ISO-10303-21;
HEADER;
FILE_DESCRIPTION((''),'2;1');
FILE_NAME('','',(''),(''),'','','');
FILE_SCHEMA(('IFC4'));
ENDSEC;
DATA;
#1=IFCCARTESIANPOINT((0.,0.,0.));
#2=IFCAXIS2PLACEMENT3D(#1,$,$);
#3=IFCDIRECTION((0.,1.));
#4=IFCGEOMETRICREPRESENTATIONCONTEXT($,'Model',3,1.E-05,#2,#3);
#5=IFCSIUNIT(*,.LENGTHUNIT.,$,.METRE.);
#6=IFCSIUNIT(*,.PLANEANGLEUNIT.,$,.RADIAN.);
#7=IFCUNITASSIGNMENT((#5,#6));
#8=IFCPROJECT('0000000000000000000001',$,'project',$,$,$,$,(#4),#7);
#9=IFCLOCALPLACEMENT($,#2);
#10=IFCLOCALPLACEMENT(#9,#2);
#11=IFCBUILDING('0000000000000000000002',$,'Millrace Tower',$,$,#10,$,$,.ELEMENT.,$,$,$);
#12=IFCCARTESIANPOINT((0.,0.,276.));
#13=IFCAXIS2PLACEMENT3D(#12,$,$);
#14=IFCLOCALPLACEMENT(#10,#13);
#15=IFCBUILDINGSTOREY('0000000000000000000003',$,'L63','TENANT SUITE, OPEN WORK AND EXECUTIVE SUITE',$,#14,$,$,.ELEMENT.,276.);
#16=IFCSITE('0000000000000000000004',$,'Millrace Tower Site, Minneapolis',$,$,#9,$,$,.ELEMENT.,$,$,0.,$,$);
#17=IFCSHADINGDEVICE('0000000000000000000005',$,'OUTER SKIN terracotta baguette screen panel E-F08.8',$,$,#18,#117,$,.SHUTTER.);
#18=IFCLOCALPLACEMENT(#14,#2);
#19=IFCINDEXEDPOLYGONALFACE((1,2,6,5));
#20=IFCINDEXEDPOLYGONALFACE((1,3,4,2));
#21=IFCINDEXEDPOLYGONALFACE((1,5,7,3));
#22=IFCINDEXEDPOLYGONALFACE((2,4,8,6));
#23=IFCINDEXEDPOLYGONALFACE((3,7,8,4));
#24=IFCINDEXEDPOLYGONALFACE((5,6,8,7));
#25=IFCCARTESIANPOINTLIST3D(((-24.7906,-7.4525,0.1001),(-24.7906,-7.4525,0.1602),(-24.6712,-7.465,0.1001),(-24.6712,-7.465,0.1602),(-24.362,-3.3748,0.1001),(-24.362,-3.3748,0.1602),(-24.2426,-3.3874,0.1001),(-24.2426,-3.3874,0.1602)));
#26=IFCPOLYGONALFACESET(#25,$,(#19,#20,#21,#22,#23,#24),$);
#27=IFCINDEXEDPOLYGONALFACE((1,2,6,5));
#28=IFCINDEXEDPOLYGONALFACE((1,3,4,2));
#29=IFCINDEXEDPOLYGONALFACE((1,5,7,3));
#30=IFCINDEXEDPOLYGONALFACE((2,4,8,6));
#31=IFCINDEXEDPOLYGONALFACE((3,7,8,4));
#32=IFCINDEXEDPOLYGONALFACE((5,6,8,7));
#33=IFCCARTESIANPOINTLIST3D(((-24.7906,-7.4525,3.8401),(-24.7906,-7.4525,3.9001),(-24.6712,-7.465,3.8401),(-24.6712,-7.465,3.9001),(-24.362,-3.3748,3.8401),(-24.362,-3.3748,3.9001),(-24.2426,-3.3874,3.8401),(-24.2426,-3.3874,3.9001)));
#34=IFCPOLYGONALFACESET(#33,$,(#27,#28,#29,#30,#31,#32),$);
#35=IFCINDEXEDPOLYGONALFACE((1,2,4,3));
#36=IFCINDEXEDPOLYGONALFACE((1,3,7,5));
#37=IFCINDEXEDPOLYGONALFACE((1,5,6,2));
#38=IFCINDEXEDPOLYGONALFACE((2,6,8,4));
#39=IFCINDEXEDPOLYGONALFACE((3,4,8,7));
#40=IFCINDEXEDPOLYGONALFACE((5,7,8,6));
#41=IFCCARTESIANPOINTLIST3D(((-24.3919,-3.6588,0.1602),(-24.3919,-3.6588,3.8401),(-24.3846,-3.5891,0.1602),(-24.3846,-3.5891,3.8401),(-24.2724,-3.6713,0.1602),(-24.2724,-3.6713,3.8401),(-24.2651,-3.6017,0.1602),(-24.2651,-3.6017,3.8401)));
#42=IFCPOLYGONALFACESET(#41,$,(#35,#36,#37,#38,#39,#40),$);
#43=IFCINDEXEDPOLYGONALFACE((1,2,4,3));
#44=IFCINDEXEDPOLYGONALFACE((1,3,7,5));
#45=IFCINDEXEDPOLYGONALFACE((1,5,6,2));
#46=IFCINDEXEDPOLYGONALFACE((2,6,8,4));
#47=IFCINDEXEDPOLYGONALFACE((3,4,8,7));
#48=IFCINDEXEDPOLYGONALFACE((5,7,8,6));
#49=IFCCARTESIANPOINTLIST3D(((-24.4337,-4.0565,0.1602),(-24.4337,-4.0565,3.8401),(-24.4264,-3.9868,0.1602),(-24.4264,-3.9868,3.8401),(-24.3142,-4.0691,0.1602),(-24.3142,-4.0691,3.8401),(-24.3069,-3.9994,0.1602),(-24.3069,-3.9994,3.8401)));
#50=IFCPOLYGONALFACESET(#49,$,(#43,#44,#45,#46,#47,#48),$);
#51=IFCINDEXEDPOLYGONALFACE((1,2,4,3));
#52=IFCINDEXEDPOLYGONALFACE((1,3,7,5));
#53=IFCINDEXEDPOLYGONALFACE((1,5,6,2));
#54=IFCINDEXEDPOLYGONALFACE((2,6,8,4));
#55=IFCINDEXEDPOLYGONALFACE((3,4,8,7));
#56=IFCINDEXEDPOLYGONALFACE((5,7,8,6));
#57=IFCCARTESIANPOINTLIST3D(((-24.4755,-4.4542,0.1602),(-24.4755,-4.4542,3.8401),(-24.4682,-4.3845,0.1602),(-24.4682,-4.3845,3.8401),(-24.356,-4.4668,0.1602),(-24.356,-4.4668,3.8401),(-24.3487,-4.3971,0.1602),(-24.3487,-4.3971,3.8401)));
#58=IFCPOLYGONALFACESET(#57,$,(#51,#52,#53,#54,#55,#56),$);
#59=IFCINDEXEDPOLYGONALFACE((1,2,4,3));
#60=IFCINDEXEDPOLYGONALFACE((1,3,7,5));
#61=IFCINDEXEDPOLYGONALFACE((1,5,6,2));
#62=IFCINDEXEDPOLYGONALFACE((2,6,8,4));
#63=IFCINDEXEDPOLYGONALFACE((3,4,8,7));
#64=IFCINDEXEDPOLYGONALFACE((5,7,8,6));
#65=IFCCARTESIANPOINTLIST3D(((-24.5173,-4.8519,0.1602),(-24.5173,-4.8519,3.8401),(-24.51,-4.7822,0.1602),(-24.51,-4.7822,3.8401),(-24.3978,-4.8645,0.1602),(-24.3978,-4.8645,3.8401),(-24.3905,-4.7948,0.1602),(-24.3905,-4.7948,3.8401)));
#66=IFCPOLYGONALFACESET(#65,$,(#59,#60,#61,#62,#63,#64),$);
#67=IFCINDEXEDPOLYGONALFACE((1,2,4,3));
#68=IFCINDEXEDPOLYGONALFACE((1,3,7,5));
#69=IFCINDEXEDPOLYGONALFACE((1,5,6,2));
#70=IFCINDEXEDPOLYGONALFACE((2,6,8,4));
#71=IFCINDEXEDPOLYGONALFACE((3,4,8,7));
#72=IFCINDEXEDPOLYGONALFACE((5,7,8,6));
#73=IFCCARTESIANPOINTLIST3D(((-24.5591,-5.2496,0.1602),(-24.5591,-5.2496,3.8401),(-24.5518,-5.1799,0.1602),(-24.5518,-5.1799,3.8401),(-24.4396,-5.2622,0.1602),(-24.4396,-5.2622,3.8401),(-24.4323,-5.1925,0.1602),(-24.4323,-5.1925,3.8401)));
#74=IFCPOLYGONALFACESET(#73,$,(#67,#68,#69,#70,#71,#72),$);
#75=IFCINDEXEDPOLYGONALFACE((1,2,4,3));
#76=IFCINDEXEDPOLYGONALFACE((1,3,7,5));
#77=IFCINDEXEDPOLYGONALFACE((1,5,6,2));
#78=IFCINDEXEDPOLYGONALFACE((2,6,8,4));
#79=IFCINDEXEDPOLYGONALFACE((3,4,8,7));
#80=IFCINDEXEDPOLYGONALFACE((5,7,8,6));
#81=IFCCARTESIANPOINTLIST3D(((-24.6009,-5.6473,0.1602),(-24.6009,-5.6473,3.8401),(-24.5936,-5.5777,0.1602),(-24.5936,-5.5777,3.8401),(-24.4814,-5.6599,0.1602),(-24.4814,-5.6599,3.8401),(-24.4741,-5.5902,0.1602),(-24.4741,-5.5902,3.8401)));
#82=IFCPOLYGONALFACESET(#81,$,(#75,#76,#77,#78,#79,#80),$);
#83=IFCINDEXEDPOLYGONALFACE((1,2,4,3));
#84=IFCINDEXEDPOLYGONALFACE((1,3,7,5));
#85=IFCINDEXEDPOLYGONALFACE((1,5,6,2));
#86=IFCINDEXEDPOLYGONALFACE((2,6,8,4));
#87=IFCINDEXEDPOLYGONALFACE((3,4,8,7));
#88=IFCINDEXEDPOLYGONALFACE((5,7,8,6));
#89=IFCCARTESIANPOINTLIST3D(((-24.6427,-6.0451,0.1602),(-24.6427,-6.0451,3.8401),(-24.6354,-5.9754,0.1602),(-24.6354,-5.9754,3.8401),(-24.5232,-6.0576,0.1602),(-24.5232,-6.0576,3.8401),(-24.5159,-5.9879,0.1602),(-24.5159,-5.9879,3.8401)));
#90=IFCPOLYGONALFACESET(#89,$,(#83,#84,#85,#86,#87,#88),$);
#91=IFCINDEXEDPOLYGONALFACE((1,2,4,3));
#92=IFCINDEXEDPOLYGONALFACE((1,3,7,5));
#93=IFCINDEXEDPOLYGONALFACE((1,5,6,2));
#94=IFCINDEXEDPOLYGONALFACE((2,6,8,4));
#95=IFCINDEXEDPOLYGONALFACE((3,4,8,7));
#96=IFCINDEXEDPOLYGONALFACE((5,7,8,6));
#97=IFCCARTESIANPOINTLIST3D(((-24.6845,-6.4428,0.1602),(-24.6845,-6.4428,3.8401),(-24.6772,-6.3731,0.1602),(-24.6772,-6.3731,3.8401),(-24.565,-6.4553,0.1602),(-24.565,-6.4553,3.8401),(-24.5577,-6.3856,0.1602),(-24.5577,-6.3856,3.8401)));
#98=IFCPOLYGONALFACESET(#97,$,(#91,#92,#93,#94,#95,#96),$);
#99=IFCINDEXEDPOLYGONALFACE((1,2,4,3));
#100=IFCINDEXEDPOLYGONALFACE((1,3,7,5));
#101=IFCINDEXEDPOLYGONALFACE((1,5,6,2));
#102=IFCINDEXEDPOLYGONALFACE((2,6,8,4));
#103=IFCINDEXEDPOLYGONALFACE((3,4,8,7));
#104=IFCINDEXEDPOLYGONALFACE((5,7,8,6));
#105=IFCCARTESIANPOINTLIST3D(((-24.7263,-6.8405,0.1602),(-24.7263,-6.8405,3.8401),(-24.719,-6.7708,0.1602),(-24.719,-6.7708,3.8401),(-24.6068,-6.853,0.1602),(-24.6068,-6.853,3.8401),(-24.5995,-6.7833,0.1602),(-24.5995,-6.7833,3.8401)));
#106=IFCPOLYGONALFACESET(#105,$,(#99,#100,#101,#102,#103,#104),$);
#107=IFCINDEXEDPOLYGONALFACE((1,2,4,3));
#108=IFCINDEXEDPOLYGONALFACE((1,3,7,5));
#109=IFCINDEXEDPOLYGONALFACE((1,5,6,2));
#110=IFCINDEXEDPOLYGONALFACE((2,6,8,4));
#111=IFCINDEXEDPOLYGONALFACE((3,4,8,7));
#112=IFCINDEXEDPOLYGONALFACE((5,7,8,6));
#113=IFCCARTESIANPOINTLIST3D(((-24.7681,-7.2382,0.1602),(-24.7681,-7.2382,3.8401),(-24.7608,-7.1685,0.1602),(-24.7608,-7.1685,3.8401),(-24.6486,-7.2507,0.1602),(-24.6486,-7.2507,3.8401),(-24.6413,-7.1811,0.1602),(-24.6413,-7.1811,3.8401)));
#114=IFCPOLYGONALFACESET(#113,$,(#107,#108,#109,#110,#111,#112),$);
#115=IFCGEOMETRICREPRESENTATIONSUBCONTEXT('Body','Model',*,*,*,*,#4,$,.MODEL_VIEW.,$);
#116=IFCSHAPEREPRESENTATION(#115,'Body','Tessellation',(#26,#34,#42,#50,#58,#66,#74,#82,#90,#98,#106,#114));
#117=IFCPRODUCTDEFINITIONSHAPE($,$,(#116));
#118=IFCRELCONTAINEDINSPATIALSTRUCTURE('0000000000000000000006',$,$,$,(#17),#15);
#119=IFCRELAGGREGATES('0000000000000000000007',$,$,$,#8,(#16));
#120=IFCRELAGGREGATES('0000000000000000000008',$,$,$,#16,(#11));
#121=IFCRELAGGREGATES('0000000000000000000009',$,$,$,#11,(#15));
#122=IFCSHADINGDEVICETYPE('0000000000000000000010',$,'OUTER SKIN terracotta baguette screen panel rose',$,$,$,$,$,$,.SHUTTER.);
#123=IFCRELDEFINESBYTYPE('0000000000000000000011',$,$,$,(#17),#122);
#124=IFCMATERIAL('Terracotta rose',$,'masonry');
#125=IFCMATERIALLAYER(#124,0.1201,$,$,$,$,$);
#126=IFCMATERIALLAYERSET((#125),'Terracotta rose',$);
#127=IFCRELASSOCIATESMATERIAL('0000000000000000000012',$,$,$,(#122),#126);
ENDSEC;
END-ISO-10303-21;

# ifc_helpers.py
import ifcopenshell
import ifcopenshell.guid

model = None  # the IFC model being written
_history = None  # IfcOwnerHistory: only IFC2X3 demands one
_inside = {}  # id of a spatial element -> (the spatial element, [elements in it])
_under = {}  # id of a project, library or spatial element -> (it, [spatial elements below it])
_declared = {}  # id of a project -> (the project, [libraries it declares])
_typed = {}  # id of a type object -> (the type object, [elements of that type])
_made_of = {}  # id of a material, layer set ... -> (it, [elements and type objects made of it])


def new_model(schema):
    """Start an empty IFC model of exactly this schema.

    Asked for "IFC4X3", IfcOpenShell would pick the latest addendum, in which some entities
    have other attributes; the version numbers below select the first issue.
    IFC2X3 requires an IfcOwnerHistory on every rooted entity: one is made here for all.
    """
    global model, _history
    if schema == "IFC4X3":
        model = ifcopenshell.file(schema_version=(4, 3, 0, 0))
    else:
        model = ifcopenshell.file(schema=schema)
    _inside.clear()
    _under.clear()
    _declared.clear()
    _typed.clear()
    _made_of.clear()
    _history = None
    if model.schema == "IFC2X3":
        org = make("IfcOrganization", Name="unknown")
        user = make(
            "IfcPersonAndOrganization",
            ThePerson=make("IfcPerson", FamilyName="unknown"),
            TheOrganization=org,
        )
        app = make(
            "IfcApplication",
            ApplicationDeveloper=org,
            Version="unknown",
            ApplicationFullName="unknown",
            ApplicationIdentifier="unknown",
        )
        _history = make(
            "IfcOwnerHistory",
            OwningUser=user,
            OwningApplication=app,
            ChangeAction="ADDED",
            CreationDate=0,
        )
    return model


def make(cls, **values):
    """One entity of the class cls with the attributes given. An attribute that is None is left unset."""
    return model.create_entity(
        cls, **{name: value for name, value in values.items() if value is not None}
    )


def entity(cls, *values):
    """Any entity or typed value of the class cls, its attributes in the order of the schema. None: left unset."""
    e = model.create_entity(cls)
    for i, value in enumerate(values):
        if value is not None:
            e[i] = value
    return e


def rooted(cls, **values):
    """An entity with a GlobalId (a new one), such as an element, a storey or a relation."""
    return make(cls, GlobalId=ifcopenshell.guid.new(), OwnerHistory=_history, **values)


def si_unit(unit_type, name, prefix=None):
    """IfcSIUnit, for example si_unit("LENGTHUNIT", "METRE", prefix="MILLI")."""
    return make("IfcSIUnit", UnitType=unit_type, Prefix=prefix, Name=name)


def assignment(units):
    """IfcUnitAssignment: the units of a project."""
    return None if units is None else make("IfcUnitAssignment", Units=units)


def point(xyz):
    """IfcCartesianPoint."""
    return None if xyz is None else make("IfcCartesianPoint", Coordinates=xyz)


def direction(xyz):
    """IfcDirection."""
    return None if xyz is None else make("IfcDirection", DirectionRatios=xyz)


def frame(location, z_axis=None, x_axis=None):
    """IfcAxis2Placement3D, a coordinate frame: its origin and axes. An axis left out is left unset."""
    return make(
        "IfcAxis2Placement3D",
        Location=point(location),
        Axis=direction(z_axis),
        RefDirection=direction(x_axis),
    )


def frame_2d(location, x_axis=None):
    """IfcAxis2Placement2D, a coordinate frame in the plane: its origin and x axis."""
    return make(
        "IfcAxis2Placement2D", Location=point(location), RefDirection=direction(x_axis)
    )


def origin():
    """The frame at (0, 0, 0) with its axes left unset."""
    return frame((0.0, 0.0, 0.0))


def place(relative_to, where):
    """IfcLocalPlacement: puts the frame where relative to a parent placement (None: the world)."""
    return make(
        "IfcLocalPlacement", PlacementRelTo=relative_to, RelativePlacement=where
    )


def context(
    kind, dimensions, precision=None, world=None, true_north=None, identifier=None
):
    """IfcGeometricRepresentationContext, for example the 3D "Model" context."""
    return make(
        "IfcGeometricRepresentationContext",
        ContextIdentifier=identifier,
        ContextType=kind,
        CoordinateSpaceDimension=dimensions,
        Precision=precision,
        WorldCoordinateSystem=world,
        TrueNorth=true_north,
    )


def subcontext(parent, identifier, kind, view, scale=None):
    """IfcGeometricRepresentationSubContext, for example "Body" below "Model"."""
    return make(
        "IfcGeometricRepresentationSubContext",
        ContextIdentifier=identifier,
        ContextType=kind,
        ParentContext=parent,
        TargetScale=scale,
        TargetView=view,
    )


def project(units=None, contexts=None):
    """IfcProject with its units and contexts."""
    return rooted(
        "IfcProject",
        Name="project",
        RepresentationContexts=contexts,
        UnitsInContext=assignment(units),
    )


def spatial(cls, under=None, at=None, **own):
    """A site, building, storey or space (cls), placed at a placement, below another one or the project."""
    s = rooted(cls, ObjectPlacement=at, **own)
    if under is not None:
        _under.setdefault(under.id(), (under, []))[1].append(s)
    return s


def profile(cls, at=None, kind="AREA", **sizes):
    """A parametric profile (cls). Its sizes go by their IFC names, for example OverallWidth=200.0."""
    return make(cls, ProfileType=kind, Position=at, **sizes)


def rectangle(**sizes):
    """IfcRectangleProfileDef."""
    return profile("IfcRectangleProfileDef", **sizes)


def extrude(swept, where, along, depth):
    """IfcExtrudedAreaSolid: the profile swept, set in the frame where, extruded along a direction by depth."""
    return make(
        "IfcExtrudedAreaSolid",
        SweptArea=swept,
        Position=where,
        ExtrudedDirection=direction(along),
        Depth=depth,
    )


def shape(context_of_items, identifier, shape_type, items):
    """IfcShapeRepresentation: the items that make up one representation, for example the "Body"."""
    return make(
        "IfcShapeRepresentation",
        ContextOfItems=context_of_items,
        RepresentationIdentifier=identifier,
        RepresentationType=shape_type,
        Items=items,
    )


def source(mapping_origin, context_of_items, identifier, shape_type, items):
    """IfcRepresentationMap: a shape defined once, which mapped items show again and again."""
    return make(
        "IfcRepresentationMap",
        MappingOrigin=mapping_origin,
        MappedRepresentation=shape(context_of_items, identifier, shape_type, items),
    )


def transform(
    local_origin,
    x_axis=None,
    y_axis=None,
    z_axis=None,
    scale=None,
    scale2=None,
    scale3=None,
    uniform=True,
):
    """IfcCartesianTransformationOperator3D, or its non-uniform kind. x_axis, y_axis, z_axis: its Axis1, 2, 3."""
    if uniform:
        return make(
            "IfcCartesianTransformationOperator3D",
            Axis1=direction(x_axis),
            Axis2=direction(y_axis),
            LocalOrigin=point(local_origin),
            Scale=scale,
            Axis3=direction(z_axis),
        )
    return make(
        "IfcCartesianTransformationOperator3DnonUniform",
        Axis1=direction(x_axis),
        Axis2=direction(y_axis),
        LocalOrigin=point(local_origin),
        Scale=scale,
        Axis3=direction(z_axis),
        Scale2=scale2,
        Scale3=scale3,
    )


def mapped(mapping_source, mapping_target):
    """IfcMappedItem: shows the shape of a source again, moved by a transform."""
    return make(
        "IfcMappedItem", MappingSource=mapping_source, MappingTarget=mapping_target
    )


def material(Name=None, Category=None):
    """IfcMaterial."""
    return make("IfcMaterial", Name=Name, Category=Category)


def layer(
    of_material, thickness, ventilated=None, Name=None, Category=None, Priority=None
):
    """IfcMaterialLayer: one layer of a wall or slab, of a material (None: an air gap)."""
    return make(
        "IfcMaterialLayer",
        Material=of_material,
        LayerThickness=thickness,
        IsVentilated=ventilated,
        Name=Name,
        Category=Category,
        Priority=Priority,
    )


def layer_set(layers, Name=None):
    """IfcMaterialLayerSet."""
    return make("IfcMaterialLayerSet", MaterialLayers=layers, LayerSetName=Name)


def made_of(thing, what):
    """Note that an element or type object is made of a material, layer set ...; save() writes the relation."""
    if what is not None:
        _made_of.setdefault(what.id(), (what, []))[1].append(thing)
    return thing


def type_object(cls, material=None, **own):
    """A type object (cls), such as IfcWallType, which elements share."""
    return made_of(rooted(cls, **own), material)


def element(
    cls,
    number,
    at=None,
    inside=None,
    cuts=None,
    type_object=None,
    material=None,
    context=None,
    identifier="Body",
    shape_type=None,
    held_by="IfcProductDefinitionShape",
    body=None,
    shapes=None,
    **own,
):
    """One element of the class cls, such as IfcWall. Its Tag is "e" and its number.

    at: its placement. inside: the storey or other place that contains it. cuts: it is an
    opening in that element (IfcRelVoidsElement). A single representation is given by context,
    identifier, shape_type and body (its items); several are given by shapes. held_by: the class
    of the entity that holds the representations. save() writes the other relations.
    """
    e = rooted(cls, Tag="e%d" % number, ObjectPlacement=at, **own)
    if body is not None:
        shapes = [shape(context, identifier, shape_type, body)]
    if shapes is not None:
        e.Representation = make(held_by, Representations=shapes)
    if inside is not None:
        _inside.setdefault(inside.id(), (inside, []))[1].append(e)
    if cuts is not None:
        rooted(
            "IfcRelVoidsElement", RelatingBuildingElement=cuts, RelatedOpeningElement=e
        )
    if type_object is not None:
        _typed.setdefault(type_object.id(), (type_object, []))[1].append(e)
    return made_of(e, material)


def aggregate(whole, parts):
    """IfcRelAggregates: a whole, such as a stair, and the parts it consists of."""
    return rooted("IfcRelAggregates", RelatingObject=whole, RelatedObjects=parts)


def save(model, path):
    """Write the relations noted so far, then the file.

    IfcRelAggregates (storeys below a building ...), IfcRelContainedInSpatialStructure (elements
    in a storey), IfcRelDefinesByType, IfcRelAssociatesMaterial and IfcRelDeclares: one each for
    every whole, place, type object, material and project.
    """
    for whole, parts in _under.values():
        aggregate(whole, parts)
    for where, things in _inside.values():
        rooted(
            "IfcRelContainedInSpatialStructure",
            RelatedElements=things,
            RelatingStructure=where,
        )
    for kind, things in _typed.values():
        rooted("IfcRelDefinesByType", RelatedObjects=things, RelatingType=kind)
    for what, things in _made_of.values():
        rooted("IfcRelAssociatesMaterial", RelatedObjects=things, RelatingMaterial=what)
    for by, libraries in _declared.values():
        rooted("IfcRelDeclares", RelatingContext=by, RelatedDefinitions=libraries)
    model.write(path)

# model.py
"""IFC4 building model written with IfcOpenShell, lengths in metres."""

from ifc_helpers import new_model, entity, si_unit, direction, frame, frame_2d, origin, place, context, subcontext, project, spatial, rectangle, extrude, source, transform, mapped, material, layer, layer_set, type_object, element, save


model = new_model("IFC4")

# Units and contexts
model_context = context("Model", 3, precision=1e-05, world=origin(), true_north=direction((0.0, 1.0)))
body_context = subcontext(model_context, "Body", "Model", "MODEL_VIEW")
ifc_project = project(units=[si_unit("LENGTHUNIT", "METRE"), si_unit("PLANEANGLEUNIT", "RADIAN")], contexts=[model_context])

# Site, building, storey
site_placement = place(None, origin())
site = spatial("IfcSite", under=ifc_project, at=site_placement, Name="Millrace Tower Site, Minneapolis", CompositionType="ELEMENT", RefElevation=0.0)
building_placement = place(site_placement, origin())
building = spatial("IfcBuilding", under=site, at=building_placement, Name="Millrace Tower", CompositionType="ELEMENT")
storey_placement = place(building_placement, frame((0.0, 0.0, 276.0)))
storey = spatial("IfcBuildingStorey", under=building, at=storey_placement, Name="L63", Description="TENANT SUITE, OPEN WORK AND EXECUTIVE SUITE", CompositionType="ELEMENT", Elevation=276.0)

# Shading device
ifc_material_1 = material(Name="Terracotta rose", Category="masonry")
ifc_layer_1 = layer(ifc_material_1, 0.1201)
ifc_layer_set_1 = layer_set([ifc_layer_1], Name="Terracotta rose")
shading_device_type = type_object("IfcShadingDeviceType", Name="OUTER SKIN terracotta baguette screen panel rose", PredefinedType="SHUTTER", material=ifc_layer_set_1)
cartesian_point_1 = entity("IfcCartesianPoint", [-2.05, 0.0601])
shared_polyline_1 = entity("IfcPolyline", [cartesian_point_1, entity("IfcCartesianPoint", [2.05, 0.0601]), entity("IfcCartesianPoint", [2.05, -0.0601]), entity("IfcCartesianPoint", [-2.05, -0.0601]), cartesian_point_1])
shared_shape_1 = source(origin(), body_context, "Body", "SweptSolid", [
    entity("IfcExtrudedAreaSolid", entity("IfcArbitraryClosedProfileDef", "AREA", None, shared_polyline_1), entity("IfcAxis2Placement3D", entity("IfcCartesianPoint", [0.0, 0.0, 0.0])), entity("IfcDirection", [0.0, 0.0, 1.0]), 0.0601),
    entity("IfcExtrudedAreaSolid", entity("IfcArbitraryClosedProfileDef", "AREA", None, shared_polyline_1), entity("IfcAxis2Placement3D", entity("IfcCartesianPoint", [0.0, 0.0, 3.74])), entity("IfcDirection", [0.0, 0.0, 1.0]), 0.0601),
    extrude(rectangle(XDim=0.0701, YDim=0.1201, at=frame_2d((-1.7996, 0.0))), frame((0.0, 0.0, 0.0601)), (0.0, 0.0, 1.0), 3.6799),
    extrude(rectangle(XDim=0.0701, YDim=0.1201, at=frame_2d((-1.3997, 0.0))), frame((0.0, 0.0, 0.0601)), (0.0, 0.0, 1.0), 3.6799),
    extrude(rectangle(XDim=0.0701, YDim=0.1201, at=frame_2d((-0.9998, 0.0))), frame((0.0, 0.0, 0.0601)), (0.0, 0.0, 1.0), 3.6799),
    extrude(rectangle(XDim=0.0701, YDim=0.1201, at=frame_2d((-0.5999, 0.0))), frame((0.0, 0.0, 0.0601)), (0.0, 0.0, 1.0), 3.6799),
    extrude(rectangle(XDim=0.0701, YDim=0.1201, at=frame_2d((-0.2, 0.0))), frame((0.0, 0.0, 0.0601)), (0.0, 0.0, 1.0), 3.6799),
    extrude(rectangle(XDim=0.0701, YDim=0.1201, at=frame_2d((0.2, 0.0))), frame((0.0, 0.0, 0.0601)), (0.0, 0.0, 1.0), 3.6799),
    extrude(rectangle(XDim=0.0701, YDim=0.1201, at=frame_2d((0.5999, 0.0))), frame((0.0, 0.0, 0.0601)), (0.0, 0.0, 1.0), 3.6799),
    extrude(rectangle(XDim=0.0701, YDim=0.1201, at=frame_2d((0.9998, 0.0))), frame((0.0, 0.0, 0.0601)), (0.0, 0.0, 1.0), 3.6799),
    extrude(rectangle(XDim=0.0701, YDim=0.1201, at=frame_2d((1.3997, 0.0))), frame((0.0, 0.0, 0.0601)), (0.0, 0.0, 1.0), 3.6799),
    extrude(rectangle(XDim=0.0701, YDim=0.1201, at=frame_2d((1.7996, 0.0))), frame((0.0, 0.0, 0.0601)), (0.0, 0.0, 1.0), 3.6799),
])
for number, where, z_axis, x_axis, name in (
    (1, (-24.5166, -5.4199, 0.1001), (0.0, 0.0, 1.0), (-0.104528, -0.994522, 0.0), "OUTER SKIN terracotta baguette screen panel E-F08.8"),
):
    element("IfcShadingDevice", number, at=place(storey_placement, frame(where, z_axis=z_axis, x_axis=x_axis)), inside=storey, type_object=shading_device_type, Name=name, PredefinedType="SHUTTER", context=body_context, shape_type="MappedRepresentation", body=[
        mapped(shared_shape_1, transform((0.0, 0.0, 0.0), scale=1.0)),
    ])

save(model, "model.ifc")
